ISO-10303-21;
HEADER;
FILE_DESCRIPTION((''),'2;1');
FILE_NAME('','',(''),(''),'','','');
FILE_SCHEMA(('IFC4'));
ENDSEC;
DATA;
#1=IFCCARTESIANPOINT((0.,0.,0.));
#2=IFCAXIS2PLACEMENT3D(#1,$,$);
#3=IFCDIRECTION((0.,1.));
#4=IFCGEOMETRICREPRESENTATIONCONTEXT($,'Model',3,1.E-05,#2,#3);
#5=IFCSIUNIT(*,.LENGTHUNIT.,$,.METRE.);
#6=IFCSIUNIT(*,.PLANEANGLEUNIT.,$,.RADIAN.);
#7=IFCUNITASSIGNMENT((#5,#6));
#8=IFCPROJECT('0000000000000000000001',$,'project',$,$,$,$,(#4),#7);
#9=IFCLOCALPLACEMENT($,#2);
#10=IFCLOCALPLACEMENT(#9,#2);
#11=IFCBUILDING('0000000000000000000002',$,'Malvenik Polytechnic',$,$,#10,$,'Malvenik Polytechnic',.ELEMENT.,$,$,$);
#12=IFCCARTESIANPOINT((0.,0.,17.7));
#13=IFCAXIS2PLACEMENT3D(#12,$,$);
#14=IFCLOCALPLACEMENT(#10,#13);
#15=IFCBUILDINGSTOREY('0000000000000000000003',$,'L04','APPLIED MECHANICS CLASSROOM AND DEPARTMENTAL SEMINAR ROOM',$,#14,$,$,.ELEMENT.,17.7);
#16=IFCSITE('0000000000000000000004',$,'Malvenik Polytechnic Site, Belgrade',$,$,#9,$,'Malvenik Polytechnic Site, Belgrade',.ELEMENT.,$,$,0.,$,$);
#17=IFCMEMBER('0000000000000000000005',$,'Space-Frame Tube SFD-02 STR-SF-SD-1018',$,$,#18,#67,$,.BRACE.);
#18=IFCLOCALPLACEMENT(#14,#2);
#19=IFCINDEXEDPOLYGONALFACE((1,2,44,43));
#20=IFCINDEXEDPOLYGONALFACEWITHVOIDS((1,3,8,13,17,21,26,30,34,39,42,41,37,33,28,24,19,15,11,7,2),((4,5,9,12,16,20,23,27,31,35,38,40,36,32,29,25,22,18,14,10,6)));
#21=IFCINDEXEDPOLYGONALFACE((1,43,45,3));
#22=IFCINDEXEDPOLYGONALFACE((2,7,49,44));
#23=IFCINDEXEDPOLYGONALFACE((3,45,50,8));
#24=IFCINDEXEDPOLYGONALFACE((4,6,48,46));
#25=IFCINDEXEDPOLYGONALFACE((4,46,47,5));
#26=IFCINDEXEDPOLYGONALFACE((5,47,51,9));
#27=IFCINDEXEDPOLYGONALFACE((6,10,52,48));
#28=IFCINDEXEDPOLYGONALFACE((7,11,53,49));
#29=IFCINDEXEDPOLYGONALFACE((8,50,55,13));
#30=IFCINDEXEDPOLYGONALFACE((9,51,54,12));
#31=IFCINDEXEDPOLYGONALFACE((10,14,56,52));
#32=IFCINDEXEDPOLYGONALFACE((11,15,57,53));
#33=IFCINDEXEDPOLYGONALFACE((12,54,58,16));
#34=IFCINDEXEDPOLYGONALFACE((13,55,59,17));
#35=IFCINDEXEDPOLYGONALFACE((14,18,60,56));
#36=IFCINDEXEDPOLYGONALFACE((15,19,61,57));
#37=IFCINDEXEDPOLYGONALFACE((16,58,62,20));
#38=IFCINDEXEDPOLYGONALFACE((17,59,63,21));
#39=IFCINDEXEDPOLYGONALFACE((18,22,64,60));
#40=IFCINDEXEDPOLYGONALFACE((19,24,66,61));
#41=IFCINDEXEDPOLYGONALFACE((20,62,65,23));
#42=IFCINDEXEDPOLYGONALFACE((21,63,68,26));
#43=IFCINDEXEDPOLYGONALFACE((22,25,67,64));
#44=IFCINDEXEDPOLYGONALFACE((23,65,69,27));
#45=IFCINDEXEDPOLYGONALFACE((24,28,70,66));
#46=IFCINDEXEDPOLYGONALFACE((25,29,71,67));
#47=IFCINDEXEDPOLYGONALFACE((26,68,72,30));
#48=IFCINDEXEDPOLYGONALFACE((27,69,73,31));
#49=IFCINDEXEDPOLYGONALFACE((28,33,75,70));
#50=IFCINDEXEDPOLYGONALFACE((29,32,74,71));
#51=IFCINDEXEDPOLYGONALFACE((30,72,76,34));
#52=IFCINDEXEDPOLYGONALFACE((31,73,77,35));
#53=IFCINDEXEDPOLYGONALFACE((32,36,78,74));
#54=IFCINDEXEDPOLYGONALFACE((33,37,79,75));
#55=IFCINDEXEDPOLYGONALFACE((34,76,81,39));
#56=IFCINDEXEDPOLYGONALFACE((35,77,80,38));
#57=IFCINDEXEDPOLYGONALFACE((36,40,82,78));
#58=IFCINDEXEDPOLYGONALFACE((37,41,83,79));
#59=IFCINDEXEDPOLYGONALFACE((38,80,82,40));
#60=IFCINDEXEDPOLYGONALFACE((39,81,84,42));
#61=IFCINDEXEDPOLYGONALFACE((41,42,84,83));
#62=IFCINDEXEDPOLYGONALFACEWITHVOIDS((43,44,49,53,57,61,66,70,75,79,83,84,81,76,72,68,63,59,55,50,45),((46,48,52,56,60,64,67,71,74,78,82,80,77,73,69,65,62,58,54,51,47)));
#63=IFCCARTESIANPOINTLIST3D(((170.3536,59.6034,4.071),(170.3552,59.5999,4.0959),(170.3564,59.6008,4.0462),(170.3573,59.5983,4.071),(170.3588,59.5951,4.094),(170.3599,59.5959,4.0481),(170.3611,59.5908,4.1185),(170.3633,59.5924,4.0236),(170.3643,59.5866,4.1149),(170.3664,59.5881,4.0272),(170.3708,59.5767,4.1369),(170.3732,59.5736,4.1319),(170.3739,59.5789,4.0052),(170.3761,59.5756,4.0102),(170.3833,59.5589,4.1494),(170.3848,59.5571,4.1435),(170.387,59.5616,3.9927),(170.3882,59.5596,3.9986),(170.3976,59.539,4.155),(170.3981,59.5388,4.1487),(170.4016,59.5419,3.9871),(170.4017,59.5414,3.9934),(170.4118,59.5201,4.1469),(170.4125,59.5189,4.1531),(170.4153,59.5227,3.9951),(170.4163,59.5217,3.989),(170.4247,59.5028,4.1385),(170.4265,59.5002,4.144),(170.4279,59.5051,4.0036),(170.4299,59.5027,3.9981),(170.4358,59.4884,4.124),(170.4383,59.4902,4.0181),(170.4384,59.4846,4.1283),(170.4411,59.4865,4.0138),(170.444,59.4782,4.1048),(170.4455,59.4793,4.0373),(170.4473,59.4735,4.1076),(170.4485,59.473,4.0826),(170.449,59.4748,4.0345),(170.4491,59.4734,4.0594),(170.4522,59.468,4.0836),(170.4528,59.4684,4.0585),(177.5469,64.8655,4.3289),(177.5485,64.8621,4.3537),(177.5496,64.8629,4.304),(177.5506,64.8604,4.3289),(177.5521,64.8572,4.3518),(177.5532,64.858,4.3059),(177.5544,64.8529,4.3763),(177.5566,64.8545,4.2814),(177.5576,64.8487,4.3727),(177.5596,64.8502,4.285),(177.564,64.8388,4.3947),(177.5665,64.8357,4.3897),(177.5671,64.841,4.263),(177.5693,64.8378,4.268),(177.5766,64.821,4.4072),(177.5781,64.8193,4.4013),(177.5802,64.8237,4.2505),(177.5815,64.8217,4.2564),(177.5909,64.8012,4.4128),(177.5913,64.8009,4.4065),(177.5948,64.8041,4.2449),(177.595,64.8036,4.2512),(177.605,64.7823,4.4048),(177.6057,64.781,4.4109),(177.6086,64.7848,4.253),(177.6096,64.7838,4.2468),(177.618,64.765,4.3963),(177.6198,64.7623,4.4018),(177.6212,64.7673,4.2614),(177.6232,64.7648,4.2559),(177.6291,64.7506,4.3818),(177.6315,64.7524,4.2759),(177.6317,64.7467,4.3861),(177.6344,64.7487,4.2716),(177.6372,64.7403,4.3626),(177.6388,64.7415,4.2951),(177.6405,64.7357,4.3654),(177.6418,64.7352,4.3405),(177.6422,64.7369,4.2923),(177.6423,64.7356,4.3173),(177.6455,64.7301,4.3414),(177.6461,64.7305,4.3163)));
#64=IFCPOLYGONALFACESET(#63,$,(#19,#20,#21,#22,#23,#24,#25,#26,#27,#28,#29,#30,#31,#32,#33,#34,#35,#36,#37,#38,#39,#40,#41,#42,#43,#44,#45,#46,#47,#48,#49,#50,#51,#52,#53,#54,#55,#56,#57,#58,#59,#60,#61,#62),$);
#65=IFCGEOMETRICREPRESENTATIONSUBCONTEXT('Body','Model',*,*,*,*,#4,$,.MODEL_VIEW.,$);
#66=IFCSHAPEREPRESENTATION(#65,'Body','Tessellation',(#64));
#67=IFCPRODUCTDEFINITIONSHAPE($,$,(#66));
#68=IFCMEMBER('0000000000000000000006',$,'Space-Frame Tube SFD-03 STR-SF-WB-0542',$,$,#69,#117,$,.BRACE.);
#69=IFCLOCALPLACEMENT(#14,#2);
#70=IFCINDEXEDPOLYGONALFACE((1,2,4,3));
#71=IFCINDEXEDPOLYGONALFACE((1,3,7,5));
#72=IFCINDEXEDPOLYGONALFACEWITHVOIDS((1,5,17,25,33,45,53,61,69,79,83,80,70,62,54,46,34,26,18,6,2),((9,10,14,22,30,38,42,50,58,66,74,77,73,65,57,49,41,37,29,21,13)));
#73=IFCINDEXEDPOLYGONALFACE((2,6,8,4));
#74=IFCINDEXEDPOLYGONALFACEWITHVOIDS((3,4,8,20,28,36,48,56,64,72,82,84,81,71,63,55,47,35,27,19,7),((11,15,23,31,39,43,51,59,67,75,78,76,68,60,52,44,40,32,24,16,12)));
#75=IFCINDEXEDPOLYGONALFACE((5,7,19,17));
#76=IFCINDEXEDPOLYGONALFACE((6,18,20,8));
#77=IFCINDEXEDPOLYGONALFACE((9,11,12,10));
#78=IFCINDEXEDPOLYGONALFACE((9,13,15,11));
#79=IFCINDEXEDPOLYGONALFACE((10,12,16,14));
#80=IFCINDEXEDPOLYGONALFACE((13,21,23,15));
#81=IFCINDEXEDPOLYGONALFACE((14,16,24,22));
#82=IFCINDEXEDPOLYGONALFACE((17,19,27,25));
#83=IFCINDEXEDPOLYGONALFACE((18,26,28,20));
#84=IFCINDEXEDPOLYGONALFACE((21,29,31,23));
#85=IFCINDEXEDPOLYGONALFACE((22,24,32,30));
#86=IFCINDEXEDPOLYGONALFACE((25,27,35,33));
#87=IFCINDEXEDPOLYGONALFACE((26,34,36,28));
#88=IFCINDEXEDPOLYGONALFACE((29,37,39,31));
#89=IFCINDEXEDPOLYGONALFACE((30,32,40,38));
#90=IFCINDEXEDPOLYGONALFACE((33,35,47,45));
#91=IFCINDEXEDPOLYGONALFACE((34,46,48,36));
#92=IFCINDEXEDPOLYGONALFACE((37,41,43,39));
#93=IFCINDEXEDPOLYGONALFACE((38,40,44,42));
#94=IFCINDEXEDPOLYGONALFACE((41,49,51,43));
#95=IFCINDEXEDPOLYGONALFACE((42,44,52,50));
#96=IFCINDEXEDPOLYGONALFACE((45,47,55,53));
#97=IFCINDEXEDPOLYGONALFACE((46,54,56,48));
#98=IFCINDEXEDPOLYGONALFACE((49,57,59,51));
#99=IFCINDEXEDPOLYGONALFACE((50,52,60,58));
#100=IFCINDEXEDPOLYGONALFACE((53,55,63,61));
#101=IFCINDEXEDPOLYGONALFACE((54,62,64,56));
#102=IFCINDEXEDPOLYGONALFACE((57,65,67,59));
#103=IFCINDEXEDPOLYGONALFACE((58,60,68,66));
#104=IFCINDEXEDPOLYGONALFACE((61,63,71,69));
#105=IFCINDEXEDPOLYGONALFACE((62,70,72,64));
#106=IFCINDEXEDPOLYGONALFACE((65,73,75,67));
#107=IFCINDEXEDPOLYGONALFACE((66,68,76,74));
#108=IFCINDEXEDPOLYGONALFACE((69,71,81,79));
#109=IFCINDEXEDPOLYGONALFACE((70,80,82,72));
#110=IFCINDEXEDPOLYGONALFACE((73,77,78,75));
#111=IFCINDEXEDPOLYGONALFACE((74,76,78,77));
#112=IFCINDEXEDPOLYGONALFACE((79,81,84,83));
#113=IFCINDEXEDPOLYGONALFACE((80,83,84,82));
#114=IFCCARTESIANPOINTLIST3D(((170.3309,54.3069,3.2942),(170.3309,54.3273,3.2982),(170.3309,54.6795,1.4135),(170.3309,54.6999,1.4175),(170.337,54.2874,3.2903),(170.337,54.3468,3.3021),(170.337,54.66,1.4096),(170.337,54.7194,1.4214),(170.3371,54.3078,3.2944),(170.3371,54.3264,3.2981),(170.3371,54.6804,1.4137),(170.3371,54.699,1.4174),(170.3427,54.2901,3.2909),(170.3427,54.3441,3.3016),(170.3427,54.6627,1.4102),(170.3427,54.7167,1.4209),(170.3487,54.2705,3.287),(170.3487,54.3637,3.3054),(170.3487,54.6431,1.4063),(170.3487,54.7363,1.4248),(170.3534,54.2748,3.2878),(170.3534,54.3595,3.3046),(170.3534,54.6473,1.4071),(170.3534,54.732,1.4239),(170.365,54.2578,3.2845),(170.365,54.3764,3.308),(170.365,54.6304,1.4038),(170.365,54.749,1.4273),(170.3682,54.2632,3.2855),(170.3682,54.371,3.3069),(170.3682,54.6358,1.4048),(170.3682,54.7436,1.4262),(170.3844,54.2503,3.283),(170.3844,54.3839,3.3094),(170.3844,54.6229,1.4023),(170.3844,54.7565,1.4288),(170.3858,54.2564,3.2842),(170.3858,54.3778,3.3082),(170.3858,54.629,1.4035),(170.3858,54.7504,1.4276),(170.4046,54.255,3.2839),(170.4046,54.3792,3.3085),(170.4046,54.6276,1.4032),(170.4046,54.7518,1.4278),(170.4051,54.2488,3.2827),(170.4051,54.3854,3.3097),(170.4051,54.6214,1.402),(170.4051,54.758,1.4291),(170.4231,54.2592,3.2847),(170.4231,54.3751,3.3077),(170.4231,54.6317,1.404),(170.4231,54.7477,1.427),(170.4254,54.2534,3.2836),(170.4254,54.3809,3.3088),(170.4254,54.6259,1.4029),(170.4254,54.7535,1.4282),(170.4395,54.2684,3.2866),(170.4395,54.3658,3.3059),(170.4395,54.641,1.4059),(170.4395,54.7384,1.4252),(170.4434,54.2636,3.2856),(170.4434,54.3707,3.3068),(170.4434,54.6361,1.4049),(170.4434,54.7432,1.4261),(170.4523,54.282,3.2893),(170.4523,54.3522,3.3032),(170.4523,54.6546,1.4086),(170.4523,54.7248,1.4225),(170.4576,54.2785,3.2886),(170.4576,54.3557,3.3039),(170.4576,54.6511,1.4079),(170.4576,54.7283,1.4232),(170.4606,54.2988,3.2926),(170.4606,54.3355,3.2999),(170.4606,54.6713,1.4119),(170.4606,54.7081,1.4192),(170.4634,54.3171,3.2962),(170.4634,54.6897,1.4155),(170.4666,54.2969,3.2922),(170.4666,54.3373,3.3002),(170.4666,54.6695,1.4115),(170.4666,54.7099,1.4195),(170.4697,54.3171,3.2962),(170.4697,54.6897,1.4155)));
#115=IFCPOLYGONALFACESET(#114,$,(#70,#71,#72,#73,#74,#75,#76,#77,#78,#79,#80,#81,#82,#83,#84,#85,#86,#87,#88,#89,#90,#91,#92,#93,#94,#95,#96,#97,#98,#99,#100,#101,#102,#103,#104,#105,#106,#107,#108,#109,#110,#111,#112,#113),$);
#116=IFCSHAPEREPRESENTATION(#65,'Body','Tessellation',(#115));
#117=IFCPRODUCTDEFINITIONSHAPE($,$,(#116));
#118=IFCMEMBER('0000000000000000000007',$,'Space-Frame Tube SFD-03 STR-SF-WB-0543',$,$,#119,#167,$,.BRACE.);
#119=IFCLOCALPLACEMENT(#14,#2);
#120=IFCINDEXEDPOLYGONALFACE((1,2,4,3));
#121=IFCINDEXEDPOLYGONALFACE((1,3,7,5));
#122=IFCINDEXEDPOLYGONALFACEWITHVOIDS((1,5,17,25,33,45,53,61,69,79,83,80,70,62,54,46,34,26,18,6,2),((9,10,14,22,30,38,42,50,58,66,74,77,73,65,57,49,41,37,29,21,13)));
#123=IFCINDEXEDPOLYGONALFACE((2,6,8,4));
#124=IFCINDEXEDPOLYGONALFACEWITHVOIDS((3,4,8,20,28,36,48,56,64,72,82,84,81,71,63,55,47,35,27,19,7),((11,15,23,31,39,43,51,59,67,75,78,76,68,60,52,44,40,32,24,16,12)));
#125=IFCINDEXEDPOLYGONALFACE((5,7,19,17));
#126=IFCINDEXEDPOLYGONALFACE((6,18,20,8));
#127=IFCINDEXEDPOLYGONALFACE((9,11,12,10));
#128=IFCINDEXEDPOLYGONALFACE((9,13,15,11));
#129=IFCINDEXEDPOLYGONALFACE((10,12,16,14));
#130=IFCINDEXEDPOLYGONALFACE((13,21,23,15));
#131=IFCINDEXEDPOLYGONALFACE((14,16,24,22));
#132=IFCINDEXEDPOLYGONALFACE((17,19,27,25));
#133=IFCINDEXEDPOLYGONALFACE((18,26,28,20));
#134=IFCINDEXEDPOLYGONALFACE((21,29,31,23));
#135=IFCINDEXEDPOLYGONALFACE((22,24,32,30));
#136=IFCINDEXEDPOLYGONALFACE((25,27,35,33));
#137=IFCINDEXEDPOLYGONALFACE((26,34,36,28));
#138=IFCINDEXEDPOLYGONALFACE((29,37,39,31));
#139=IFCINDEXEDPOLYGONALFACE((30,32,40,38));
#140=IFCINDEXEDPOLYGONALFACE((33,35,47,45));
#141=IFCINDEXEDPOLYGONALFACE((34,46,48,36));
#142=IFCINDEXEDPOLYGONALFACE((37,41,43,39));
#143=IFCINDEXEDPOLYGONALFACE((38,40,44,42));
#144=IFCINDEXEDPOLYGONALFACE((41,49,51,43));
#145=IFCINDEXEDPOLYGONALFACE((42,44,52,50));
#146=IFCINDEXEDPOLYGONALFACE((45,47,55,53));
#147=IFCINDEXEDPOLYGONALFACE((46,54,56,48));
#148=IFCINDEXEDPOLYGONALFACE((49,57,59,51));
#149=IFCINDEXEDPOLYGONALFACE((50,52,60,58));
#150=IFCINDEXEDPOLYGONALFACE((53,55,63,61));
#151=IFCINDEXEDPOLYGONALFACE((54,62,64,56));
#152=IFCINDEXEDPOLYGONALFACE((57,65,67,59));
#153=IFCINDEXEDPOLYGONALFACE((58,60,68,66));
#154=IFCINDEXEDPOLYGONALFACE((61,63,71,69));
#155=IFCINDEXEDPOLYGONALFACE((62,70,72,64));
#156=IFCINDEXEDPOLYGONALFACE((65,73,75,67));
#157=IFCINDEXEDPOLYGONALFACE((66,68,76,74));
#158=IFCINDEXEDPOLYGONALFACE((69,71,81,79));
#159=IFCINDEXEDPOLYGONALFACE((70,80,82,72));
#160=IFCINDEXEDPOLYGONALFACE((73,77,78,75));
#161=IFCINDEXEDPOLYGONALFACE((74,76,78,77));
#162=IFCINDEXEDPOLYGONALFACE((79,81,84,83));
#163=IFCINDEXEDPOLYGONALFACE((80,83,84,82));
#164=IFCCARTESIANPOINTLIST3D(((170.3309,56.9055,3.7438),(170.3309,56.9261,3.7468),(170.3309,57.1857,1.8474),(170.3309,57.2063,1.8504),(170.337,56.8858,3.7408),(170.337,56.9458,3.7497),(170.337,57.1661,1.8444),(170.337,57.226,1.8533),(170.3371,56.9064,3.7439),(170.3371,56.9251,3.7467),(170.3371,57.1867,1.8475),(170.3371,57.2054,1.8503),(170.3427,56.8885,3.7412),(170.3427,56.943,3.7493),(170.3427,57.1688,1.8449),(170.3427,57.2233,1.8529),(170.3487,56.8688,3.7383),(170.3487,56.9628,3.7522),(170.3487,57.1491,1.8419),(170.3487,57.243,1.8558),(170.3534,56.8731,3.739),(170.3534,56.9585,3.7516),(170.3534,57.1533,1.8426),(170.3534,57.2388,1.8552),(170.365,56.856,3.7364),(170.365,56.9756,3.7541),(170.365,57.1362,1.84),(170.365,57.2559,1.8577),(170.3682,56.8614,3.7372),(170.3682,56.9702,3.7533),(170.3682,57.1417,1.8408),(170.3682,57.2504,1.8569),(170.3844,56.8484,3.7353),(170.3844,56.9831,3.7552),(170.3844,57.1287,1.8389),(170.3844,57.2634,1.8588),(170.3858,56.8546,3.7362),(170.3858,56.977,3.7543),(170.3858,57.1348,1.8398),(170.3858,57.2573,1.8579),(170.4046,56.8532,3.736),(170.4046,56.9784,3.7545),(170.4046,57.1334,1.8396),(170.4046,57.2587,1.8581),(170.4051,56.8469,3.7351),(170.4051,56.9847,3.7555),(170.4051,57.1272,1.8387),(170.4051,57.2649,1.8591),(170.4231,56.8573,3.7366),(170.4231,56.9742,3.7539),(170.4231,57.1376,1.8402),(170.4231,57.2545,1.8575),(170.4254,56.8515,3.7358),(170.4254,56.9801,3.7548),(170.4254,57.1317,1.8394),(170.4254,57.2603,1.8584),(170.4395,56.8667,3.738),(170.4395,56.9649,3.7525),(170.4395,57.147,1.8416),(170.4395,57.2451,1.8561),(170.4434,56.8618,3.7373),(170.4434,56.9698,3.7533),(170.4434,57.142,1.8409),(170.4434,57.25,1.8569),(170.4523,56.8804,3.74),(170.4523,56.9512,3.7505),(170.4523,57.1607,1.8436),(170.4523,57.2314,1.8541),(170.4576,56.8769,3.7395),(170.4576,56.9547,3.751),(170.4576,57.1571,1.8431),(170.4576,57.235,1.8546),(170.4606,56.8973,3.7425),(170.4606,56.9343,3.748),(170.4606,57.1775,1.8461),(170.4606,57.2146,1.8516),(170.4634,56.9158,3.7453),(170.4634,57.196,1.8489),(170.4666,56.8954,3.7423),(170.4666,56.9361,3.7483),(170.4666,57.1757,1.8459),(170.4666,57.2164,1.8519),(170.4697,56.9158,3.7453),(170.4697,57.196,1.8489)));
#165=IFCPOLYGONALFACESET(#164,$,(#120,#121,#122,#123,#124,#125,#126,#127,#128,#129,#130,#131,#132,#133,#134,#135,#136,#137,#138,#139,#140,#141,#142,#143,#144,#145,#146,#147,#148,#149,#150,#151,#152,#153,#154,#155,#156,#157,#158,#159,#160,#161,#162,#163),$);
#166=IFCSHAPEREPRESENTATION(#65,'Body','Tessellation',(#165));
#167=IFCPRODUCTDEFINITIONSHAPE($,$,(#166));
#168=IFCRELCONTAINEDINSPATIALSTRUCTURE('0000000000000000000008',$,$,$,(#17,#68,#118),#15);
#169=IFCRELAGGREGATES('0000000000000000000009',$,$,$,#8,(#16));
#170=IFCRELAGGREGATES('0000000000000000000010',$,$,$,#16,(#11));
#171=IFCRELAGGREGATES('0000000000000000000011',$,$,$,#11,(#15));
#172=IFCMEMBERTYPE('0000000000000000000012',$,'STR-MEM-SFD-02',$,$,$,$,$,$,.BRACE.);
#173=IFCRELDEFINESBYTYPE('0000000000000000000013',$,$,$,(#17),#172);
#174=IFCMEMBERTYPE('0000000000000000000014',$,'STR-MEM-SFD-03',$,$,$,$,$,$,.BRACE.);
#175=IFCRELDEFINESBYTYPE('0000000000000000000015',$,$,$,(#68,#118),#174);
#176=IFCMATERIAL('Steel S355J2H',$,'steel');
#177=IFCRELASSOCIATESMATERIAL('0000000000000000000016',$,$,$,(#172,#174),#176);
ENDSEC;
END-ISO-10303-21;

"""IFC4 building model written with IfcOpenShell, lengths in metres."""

from ifc_helpers import new_model, si_unit, direction, frame, origin, origin_2d, place, context, subcontext, project, spatial, hollow_circle, extrude, material, material_profile, profile_set, type_object, element, save


model = new_model("IFC4")

# Units and contexts
model_context = context("Model", 3, precision=1e-05, world=origin(), true_north=direction((0.0, 1.0)))
body_context = subcontext(model_context, "Body", "Model", "MODEL_VIEW")
ifc_project = project(units=[si_unit("LENGTHUNIT", "METRE"), si_unit("PLANEANGLEUNIT", "RADIAN")], contexts=[model_context])

# Site, building, storey
site_placement = place(None, origin())
site = spatial("IfcSite", under=ifc_project, at=site_placement, Name="Malvenik Polytechnic Site, Belgrade", LongName="Malvenik Polytechnic Site, Belgrade", CompositionType="ELEMENT", RefElevation=0.0)
building_placement = place(site_placement, origin())
building = spatial("IfcBuilding", under=site, at=building_placement, Name="Malvenik Polytechnic", LongName="Malvenik Polytechnic", CompositionType="ELEMENT")
storey_placement = place(building_placement, frame((0.0, 0.0, 17.7)))
storey = spatial("IfcBuildingStorey", under=building, at=storey_placement, Name="L04", Description="APPLIED MECHANICS CLASSROOM AND DEPARTMENTAL SEMINAR ROOM", CompositionType="ELEMENT", Elevation=17.7)

# Members
ifc_material_1 = material(Name="Steel S355J2H", Category="steel")
ifc_material_profile_1 = material_profile(ifc_material_1, hollow_circle(Radius=0.0842, WallThickness=0.0063, at=origin_2d()), Name="CHS 168.3x6.3")
ifc_profile_set_1 = profile_set([ifc_material_profile_1], Name="Steel S355J2H")
member_type_1 = type_object("IfcMemberType", Name="STR-MEM-SFD-02", PredefinedType="BRACE", material=ifc_profile_set_1)
member_1_placement = place(storey_placement, frame((170.4033, 59.5354, 4.071), z_axis=(0.806758, 0.590173, 0.028915), x_axis=(-0.59042, 0.807096, 0.0)))
element("IfcMember", 1, at=member_1_placement, inside=storey, type_object=member_type_1, Name="Space-Frame Tube SFD-02 STR-SF-SD-1018", PredefinedType="BRACE", context=body_context, shape_type="SweptSolid", body=[
    extrude(hollow_circle(Radius=0.0842, WallThickness=0.0063, at=origin_2d()), origin(), (0.0, 0.0, 1.0), 8.9163),
])
ifc_material_profile_2 = material_profile(ifc_material_1, hollow_circle(Radius=0.0698, WallThickness=0.0063, at=origin_2d()), Name="CHS 139.7x6.3")
ifc_profile_set_2 = profile_set([ifc_material_profile_2], Name="Steel S355J2H")
member_type_2 = type_object("IfcMemberType", Name="STR-MEM-SFD-03", PredefinedType="BRACE", material=ifc_profile_set_2)
member_2_placement = place(storey_placement, frame((170.3999, 54.6897, 1.4155), z_axis=(0.0, -0.194328, 0.980937), x_axis=(1.0, 0.0, 0.0)))
element("IfcMember", 2, at=member_2_placement, inside=storey, type_object=member_type_2, Name="Space-Frame Tube SFD-03 STR-SF-WB-0542", PredefinedType="BRACE", context=body_context, shape_type="SweptSolid", body=[
    extrude(hollow_circle(Radius=0.0698, WallThickness=0.0063, at=origin_2d()), origin(), (0.0, 0.0, 1.0), 1.9172),
])
member_3_placement = place(storey_placement, frame((170.3999, 57.196, 1.8489), z_axis=(0.0, -0.146198, 0.989255), x_axis=(1.0, 0.0, 0.0)))
element("IfcMember", 3, at=member_3_placement, inside=storey, type_object=member_type_2, Name="Space-Frame Tube SFD-03 STR-SF-WB-0543", PredefinedType="BRACE", context=body_context, shape_type="SweptSolid", body=[
    extrude(hollow_circle(Radius=0.0698, WallThickness=0.0063, at=origin_2d()), origin(), (0.0, 0.0, 1.0), 1.917),
])

save(model, "model.ifc")
